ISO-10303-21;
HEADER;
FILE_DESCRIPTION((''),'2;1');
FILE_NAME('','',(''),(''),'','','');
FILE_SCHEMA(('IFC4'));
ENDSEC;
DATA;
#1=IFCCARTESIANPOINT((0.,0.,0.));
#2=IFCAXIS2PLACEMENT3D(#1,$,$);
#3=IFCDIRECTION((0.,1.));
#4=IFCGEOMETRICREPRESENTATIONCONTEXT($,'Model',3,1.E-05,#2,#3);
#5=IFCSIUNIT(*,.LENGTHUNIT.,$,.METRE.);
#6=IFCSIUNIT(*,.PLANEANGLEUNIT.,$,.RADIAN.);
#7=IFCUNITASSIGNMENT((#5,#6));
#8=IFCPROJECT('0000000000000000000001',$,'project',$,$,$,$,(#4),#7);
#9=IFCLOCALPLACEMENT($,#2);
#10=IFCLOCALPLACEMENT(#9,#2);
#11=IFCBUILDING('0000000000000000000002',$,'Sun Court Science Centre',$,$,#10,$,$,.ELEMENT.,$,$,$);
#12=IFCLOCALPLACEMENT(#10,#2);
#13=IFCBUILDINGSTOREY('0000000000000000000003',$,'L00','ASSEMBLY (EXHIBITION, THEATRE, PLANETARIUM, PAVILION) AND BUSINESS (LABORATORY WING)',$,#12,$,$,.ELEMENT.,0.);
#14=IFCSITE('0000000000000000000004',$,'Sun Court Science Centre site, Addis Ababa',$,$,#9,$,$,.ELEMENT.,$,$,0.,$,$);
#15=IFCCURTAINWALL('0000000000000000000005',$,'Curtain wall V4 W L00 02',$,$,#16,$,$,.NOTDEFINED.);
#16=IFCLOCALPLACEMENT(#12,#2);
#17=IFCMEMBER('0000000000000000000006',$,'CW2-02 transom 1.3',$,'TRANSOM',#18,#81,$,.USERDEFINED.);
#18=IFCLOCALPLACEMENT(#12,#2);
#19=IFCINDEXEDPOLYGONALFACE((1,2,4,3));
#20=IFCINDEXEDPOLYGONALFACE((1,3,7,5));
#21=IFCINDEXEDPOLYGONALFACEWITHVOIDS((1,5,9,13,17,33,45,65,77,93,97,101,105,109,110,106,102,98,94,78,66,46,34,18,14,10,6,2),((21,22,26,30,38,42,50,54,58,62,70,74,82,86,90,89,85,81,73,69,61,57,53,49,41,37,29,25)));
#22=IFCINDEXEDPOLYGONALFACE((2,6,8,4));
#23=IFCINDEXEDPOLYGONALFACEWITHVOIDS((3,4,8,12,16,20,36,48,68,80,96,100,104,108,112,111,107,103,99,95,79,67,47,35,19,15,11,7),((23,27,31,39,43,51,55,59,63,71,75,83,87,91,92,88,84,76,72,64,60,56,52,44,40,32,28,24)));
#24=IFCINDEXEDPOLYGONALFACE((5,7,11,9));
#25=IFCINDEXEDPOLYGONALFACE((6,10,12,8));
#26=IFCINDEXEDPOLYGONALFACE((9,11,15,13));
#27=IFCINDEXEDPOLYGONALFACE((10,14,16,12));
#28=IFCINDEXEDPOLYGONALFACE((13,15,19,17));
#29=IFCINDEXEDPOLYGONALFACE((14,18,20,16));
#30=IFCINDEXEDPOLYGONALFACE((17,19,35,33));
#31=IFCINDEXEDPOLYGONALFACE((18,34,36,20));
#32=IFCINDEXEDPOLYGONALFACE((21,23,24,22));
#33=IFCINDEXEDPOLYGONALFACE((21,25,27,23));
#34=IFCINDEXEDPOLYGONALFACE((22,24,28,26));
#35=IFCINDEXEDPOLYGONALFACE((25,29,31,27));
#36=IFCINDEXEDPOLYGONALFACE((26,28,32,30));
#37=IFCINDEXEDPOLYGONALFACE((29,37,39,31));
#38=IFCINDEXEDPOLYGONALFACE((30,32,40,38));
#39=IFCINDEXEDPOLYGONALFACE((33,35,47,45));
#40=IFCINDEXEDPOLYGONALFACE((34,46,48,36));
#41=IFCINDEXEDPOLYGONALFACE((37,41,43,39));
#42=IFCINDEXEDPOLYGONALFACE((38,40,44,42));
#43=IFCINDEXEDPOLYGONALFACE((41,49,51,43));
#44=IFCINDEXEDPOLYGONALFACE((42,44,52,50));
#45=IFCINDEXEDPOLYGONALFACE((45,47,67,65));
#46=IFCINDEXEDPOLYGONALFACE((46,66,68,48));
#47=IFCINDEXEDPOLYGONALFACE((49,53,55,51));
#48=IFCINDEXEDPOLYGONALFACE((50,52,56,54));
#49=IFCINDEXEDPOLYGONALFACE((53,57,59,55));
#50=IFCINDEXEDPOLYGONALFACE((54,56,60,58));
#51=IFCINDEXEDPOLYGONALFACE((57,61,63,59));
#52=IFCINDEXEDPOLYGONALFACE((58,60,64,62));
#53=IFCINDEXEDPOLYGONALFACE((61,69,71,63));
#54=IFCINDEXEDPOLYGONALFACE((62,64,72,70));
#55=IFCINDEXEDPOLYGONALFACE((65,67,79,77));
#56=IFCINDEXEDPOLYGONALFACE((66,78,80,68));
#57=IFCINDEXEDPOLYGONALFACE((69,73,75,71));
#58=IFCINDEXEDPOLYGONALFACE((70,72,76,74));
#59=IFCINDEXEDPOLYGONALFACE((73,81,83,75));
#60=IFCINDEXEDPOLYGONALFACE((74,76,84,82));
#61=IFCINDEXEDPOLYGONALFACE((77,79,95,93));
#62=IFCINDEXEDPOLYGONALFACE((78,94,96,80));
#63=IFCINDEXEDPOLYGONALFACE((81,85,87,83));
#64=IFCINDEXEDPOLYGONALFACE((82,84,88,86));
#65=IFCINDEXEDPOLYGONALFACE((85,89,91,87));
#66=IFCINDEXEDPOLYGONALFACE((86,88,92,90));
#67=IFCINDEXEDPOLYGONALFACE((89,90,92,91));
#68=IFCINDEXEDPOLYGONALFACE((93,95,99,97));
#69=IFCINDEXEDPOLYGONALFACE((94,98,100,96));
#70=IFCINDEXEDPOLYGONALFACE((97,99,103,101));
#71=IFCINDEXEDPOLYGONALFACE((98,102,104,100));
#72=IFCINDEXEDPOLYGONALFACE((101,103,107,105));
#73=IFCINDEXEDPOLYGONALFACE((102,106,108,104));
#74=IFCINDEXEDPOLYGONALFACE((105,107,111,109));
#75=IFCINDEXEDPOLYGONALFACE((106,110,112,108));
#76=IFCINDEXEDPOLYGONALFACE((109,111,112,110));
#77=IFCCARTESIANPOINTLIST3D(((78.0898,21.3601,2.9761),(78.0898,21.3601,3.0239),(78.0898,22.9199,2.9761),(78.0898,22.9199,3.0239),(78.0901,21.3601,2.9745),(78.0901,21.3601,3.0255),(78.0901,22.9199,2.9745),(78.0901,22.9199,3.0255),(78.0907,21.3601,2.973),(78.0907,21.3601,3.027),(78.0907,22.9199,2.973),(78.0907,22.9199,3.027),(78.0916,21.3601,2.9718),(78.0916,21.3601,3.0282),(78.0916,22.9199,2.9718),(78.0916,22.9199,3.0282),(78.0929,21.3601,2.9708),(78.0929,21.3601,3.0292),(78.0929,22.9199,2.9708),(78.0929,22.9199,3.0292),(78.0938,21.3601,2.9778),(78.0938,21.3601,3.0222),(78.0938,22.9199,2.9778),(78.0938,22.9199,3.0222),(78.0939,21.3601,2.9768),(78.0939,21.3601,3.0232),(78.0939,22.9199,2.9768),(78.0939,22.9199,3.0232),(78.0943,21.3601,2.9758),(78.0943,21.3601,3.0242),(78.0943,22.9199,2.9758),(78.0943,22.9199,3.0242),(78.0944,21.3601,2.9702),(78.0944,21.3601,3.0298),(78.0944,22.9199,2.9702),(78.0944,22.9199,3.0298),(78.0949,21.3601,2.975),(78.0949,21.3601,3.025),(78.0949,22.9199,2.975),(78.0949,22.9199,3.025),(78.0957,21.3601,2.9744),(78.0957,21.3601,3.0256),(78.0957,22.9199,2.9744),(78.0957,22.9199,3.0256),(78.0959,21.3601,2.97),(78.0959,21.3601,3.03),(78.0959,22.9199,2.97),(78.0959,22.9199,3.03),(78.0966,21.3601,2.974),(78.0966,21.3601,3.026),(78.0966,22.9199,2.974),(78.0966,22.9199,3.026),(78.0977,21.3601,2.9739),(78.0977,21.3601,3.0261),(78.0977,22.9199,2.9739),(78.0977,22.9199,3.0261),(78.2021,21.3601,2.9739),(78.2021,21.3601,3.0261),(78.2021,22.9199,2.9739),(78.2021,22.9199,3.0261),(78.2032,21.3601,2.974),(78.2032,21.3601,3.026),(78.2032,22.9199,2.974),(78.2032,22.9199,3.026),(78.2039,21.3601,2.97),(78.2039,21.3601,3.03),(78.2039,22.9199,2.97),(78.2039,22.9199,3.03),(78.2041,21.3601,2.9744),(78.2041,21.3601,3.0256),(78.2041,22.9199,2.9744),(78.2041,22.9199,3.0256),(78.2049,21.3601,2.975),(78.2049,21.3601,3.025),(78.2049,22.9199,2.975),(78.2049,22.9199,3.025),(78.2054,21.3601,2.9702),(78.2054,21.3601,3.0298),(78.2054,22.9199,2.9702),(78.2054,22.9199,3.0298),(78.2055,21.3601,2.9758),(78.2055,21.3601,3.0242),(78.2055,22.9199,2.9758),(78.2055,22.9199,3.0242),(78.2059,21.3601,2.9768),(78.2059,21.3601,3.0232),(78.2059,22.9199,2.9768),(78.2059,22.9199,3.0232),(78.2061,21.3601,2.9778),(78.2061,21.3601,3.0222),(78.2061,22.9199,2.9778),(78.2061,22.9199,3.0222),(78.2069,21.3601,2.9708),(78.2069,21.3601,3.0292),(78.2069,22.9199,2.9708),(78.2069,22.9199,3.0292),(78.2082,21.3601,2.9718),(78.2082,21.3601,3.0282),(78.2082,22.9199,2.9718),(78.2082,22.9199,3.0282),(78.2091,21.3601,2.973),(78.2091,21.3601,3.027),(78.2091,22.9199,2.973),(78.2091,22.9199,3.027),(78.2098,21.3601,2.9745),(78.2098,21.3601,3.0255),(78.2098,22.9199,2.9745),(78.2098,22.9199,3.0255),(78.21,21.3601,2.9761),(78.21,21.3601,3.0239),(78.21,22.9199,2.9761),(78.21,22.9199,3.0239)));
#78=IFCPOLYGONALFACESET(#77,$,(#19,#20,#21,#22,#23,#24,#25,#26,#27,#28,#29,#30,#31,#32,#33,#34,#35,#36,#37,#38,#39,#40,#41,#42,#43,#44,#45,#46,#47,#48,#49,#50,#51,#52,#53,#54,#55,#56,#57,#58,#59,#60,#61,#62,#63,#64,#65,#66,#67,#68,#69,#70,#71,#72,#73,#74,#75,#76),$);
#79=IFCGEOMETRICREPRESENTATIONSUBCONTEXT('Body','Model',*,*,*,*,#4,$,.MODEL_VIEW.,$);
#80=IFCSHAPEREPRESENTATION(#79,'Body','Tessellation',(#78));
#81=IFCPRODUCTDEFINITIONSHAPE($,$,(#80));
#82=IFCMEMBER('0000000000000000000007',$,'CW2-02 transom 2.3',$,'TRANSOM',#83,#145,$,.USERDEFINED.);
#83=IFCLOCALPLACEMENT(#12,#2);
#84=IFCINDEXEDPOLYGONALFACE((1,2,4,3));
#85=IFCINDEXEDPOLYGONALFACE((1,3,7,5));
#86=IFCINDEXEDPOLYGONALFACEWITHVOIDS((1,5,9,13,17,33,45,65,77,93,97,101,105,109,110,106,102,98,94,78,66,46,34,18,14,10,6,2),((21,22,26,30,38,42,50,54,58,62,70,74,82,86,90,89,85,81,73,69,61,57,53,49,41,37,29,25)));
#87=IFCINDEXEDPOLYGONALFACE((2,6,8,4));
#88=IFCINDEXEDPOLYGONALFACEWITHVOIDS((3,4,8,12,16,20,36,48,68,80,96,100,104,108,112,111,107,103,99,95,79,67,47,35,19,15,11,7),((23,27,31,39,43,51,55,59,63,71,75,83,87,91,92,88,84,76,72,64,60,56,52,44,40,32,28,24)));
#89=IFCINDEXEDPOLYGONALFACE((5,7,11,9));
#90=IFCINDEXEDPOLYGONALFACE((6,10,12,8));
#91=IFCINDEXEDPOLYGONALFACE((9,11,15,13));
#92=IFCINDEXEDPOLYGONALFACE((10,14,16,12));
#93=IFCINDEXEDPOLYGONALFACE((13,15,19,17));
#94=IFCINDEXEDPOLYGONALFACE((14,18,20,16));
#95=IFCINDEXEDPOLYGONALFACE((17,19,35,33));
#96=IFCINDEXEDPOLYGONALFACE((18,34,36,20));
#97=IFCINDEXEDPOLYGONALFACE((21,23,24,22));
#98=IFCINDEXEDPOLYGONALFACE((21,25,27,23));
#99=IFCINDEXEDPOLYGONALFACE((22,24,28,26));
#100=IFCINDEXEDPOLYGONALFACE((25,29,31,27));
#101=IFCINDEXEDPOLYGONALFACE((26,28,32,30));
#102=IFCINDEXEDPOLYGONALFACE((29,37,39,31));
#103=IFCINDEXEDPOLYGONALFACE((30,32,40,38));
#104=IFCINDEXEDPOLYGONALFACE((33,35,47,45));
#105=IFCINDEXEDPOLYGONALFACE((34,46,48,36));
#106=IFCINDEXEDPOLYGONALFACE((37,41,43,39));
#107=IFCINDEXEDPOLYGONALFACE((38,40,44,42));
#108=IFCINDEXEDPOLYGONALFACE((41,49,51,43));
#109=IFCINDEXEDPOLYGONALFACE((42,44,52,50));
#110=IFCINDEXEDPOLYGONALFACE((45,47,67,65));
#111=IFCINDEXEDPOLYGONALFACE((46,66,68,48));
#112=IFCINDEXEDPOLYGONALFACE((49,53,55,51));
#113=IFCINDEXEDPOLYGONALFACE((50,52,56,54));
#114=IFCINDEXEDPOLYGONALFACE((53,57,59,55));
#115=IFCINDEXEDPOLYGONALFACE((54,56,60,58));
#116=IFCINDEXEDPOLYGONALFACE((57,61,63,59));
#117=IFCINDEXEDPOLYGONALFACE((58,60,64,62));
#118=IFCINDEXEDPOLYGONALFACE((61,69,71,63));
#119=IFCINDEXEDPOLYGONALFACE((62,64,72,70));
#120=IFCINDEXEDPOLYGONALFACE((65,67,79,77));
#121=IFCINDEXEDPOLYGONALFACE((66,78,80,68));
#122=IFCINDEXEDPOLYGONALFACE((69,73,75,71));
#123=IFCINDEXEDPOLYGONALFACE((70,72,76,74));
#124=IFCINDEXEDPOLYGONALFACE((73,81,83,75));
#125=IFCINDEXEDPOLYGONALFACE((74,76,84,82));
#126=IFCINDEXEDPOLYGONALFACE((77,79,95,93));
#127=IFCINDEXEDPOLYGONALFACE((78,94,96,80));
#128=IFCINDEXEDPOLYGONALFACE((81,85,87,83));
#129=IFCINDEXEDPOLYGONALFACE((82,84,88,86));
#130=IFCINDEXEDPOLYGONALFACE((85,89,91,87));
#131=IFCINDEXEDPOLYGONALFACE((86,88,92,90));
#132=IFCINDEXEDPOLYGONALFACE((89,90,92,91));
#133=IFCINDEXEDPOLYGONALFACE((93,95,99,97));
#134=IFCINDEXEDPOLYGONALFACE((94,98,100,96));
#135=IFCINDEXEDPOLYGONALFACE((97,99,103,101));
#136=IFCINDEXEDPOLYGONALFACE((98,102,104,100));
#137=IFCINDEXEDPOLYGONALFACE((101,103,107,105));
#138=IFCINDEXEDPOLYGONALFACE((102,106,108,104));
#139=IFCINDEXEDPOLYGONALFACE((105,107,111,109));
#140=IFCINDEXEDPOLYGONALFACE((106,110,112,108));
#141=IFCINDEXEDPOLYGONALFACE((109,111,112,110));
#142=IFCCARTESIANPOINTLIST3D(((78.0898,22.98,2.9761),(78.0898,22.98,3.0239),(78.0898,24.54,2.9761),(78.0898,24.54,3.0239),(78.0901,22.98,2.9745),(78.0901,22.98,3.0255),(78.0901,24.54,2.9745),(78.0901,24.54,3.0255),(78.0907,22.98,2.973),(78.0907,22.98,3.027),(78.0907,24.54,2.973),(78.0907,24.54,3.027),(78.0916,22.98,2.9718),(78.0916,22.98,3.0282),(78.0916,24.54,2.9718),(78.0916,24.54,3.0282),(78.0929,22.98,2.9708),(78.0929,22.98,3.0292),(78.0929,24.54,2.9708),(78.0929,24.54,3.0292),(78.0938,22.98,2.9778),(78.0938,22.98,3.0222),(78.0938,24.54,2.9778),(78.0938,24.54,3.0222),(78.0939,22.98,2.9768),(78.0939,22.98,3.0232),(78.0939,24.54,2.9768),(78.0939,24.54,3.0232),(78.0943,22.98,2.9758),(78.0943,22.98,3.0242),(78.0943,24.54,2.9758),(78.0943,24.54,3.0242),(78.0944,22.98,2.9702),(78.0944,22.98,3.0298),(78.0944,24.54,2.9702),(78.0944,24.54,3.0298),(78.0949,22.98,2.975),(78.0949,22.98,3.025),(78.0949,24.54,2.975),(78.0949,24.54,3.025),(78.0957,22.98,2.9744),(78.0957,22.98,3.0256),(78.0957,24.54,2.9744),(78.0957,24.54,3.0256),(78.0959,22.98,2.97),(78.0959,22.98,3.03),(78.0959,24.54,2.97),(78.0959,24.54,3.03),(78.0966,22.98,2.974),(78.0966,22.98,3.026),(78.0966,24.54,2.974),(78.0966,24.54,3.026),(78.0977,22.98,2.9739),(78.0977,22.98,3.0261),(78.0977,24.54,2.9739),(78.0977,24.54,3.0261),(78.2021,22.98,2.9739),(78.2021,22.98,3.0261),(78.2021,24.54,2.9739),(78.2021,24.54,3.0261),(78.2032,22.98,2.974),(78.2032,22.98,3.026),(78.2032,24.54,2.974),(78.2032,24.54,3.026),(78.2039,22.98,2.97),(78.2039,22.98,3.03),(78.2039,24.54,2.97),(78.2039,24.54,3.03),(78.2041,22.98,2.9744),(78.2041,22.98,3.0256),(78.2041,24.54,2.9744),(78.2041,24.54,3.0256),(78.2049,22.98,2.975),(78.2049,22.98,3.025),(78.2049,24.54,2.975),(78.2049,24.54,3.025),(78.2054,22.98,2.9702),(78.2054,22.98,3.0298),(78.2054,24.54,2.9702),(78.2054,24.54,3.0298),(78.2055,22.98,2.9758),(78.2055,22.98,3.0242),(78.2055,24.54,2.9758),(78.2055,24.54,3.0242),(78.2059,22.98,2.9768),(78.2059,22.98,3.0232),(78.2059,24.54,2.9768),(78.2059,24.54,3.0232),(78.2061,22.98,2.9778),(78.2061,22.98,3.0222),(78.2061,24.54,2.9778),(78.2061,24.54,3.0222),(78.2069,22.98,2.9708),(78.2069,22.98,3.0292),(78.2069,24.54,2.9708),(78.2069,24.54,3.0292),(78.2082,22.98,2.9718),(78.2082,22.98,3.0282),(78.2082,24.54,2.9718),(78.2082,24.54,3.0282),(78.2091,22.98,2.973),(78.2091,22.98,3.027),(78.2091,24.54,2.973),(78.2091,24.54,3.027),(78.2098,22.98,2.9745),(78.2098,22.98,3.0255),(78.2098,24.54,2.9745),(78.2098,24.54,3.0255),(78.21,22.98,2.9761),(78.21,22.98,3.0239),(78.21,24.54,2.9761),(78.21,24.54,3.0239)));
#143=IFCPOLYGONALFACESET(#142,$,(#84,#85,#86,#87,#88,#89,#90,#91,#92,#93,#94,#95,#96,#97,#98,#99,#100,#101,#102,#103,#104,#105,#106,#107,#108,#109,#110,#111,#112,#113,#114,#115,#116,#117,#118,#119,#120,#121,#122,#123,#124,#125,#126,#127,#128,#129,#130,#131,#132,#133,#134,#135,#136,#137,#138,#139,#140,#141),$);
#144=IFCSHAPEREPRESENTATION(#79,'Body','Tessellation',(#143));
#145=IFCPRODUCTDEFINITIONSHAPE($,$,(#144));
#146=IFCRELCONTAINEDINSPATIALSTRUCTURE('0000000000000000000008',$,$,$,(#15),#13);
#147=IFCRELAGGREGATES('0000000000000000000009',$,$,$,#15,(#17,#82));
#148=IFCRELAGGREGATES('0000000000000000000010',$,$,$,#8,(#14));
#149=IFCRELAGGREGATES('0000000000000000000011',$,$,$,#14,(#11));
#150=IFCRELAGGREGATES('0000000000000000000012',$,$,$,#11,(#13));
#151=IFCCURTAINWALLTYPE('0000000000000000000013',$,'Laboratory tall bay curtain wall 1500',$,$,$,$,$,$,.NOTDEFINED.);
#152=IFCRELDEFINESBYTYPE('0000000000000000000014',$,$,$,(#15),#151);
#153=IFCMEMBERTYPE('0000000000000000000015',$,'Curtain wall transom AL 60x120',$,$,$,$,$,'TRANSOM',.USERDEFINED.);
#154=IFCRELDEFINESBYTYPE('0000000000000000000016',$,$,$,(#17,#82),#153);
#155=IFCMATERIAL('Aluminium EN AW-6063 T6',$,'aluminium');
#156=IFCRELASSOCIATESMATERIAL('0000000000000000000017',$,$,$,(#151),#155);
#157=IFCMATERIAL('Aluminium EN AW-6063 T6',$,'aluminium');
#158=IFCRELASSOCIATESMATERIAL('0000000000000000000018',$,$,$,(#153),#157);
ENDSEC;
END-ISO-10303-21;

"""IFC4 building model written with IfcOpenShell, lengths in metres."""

from ifc_helpers import new_model, si_unit, direction, frame, origin, origin_2d, place, context, subcontext, project, spatial, hollow_rectangle, extrude, material, material_profile, profile_set, type_object, element, aggregate, save


model = new_model("IFC4")

# Units and contexts
model_context = context("Model", 3, precision=1e-05, world=origin(), true_north=direction((0.0, 1.0)))
body_context = subcontext(model_context, "Body", "Model", "MODEL_VIEW")
ifc_project = project(units=[si_unit("LENGTHUNIT", "METRE"), si_unit("PLANEANGLEUNIT", "RADIAN")], contexts=[model_context])

# Site, building, storey
site_placement = place(None, origin())
site = spatial("IfcSite", under=ifc_project, at=site_placement, Name="Sun Court Science Centre site, Addis Ababa", CompositionType="ELEMENT", RefElevation=0.0)
building_placement = place(site_placement, origin())
building = spatial("IfcBuilding", under=site, at=building_placement, Name="Sun Court Science Centre", CompositionType="ELEMENT")
storey_placement = place(building_placement, origin())
storey = spatial("IfcBuildingStorey", under=building, at=storey_placement, Name="L00", Description="ASSEMBLY (EXHIBITION, THEATRE, PLANETARIUM, PAVILION) AND BUSINESS (LABORATORY WING)", CompositionType="ELEMENT", Elevation=0.0)

# Shared definitions
ifc_material_1 = material(Name="Aluminium EN AW-6063 T6", Category="aluminium")
curtain_wall_type = type_object("IfcCurtainWallType", Name="Laboratory tall bay curtain wall 1500", PredefinedType="NOTDEFINED", material=ifc_material_1)

# Curtain wall
curtain_wall_1_placement = place(storey_placement, origin())
curtain_wall_1 = element("IfcCurtainWall", 1, at=curtain_wall_1_placement, inside=storey, type_object=curtain_wall_type, Name="Curtain wall V4 W L00 02", PredefinedType="NOTDEFINED")

# Members
ifc_material_2 = material(Name="Aluminium EN AW-6063 T6", Category="aluminium")
ifc_material_profile_1 = material_profile(ifc_material_2, hollow_rectangle(XDim=0.0601, YDim=0.1201, WallThickness=0.0039, InnerFilletRadius=0.0039, OuterFilletRadius=0.0061, at=origin_2d()), Name="AL 60x120x4")
ifc_profile_set_1 = profile_set([ifc_material_profile_1], Name="Aluminium EN AW-6063 T6")
member_type_1 = type_object("IfcMemberType", Name="Curtain wall transom AL 60x120", ElementType="TRANSOM", PredefinedType="USERDEFINED", material=ifc_profile_set_1)
member_1_placement = place(storey_placement, frame((78.1499, 21.3601, 3.0), z_axis=(0.0, 1.0, 0.0), x_axis=(0.0, 0.0, 1.0)))
member_1 = element("IfcMember", 2, at=member_1_placement, type_object=member_type_1, Name="CW2-02 transom 1.3", ObjectType="TRANSOM", PredefinedType="USERDEFINED", context=body_context, shape_type="SweptSolid", body=[
    extrude(hollow_rectangle(XDim=0.0601, YDim=0.1201, WallThickness=0.0039, InnerFilletRadius=0.0039, OuterFilletRadius=0.0061, at=origin_2d()), origin(), (0.0, 0.0, 1.0), 1.5598),
])
member_2_placement = place(storey_placement, frame((78.1499, 22.98, 3.0), z_axis=(0.0, 1.0, 0.0), x_axis=(0.0, 0.0, 1.0)))
member_2 = element("IfcMember", 3, at=member_2_placement, type_object=member_type_1, Name="CW2-02 transom 2.3", ObjectType="TRANSOM", PredefinedType="USERDEFINED", context=body_context, shape_type="SweptSolid", body=[
    extrude(hollow_rectangle(XDim=0.0601, YDim=0.1201, WallThickness=0.0039, InnerFilletRadius=0.0039, OuterFilletRadius=0.0061, at=origin_2d()), origin(), (0.0, 0.0, 1.0), 1.5601),
])

aggregate(curtain_wall_1, [member_1, member_2])

save(model, "model.ifc")
